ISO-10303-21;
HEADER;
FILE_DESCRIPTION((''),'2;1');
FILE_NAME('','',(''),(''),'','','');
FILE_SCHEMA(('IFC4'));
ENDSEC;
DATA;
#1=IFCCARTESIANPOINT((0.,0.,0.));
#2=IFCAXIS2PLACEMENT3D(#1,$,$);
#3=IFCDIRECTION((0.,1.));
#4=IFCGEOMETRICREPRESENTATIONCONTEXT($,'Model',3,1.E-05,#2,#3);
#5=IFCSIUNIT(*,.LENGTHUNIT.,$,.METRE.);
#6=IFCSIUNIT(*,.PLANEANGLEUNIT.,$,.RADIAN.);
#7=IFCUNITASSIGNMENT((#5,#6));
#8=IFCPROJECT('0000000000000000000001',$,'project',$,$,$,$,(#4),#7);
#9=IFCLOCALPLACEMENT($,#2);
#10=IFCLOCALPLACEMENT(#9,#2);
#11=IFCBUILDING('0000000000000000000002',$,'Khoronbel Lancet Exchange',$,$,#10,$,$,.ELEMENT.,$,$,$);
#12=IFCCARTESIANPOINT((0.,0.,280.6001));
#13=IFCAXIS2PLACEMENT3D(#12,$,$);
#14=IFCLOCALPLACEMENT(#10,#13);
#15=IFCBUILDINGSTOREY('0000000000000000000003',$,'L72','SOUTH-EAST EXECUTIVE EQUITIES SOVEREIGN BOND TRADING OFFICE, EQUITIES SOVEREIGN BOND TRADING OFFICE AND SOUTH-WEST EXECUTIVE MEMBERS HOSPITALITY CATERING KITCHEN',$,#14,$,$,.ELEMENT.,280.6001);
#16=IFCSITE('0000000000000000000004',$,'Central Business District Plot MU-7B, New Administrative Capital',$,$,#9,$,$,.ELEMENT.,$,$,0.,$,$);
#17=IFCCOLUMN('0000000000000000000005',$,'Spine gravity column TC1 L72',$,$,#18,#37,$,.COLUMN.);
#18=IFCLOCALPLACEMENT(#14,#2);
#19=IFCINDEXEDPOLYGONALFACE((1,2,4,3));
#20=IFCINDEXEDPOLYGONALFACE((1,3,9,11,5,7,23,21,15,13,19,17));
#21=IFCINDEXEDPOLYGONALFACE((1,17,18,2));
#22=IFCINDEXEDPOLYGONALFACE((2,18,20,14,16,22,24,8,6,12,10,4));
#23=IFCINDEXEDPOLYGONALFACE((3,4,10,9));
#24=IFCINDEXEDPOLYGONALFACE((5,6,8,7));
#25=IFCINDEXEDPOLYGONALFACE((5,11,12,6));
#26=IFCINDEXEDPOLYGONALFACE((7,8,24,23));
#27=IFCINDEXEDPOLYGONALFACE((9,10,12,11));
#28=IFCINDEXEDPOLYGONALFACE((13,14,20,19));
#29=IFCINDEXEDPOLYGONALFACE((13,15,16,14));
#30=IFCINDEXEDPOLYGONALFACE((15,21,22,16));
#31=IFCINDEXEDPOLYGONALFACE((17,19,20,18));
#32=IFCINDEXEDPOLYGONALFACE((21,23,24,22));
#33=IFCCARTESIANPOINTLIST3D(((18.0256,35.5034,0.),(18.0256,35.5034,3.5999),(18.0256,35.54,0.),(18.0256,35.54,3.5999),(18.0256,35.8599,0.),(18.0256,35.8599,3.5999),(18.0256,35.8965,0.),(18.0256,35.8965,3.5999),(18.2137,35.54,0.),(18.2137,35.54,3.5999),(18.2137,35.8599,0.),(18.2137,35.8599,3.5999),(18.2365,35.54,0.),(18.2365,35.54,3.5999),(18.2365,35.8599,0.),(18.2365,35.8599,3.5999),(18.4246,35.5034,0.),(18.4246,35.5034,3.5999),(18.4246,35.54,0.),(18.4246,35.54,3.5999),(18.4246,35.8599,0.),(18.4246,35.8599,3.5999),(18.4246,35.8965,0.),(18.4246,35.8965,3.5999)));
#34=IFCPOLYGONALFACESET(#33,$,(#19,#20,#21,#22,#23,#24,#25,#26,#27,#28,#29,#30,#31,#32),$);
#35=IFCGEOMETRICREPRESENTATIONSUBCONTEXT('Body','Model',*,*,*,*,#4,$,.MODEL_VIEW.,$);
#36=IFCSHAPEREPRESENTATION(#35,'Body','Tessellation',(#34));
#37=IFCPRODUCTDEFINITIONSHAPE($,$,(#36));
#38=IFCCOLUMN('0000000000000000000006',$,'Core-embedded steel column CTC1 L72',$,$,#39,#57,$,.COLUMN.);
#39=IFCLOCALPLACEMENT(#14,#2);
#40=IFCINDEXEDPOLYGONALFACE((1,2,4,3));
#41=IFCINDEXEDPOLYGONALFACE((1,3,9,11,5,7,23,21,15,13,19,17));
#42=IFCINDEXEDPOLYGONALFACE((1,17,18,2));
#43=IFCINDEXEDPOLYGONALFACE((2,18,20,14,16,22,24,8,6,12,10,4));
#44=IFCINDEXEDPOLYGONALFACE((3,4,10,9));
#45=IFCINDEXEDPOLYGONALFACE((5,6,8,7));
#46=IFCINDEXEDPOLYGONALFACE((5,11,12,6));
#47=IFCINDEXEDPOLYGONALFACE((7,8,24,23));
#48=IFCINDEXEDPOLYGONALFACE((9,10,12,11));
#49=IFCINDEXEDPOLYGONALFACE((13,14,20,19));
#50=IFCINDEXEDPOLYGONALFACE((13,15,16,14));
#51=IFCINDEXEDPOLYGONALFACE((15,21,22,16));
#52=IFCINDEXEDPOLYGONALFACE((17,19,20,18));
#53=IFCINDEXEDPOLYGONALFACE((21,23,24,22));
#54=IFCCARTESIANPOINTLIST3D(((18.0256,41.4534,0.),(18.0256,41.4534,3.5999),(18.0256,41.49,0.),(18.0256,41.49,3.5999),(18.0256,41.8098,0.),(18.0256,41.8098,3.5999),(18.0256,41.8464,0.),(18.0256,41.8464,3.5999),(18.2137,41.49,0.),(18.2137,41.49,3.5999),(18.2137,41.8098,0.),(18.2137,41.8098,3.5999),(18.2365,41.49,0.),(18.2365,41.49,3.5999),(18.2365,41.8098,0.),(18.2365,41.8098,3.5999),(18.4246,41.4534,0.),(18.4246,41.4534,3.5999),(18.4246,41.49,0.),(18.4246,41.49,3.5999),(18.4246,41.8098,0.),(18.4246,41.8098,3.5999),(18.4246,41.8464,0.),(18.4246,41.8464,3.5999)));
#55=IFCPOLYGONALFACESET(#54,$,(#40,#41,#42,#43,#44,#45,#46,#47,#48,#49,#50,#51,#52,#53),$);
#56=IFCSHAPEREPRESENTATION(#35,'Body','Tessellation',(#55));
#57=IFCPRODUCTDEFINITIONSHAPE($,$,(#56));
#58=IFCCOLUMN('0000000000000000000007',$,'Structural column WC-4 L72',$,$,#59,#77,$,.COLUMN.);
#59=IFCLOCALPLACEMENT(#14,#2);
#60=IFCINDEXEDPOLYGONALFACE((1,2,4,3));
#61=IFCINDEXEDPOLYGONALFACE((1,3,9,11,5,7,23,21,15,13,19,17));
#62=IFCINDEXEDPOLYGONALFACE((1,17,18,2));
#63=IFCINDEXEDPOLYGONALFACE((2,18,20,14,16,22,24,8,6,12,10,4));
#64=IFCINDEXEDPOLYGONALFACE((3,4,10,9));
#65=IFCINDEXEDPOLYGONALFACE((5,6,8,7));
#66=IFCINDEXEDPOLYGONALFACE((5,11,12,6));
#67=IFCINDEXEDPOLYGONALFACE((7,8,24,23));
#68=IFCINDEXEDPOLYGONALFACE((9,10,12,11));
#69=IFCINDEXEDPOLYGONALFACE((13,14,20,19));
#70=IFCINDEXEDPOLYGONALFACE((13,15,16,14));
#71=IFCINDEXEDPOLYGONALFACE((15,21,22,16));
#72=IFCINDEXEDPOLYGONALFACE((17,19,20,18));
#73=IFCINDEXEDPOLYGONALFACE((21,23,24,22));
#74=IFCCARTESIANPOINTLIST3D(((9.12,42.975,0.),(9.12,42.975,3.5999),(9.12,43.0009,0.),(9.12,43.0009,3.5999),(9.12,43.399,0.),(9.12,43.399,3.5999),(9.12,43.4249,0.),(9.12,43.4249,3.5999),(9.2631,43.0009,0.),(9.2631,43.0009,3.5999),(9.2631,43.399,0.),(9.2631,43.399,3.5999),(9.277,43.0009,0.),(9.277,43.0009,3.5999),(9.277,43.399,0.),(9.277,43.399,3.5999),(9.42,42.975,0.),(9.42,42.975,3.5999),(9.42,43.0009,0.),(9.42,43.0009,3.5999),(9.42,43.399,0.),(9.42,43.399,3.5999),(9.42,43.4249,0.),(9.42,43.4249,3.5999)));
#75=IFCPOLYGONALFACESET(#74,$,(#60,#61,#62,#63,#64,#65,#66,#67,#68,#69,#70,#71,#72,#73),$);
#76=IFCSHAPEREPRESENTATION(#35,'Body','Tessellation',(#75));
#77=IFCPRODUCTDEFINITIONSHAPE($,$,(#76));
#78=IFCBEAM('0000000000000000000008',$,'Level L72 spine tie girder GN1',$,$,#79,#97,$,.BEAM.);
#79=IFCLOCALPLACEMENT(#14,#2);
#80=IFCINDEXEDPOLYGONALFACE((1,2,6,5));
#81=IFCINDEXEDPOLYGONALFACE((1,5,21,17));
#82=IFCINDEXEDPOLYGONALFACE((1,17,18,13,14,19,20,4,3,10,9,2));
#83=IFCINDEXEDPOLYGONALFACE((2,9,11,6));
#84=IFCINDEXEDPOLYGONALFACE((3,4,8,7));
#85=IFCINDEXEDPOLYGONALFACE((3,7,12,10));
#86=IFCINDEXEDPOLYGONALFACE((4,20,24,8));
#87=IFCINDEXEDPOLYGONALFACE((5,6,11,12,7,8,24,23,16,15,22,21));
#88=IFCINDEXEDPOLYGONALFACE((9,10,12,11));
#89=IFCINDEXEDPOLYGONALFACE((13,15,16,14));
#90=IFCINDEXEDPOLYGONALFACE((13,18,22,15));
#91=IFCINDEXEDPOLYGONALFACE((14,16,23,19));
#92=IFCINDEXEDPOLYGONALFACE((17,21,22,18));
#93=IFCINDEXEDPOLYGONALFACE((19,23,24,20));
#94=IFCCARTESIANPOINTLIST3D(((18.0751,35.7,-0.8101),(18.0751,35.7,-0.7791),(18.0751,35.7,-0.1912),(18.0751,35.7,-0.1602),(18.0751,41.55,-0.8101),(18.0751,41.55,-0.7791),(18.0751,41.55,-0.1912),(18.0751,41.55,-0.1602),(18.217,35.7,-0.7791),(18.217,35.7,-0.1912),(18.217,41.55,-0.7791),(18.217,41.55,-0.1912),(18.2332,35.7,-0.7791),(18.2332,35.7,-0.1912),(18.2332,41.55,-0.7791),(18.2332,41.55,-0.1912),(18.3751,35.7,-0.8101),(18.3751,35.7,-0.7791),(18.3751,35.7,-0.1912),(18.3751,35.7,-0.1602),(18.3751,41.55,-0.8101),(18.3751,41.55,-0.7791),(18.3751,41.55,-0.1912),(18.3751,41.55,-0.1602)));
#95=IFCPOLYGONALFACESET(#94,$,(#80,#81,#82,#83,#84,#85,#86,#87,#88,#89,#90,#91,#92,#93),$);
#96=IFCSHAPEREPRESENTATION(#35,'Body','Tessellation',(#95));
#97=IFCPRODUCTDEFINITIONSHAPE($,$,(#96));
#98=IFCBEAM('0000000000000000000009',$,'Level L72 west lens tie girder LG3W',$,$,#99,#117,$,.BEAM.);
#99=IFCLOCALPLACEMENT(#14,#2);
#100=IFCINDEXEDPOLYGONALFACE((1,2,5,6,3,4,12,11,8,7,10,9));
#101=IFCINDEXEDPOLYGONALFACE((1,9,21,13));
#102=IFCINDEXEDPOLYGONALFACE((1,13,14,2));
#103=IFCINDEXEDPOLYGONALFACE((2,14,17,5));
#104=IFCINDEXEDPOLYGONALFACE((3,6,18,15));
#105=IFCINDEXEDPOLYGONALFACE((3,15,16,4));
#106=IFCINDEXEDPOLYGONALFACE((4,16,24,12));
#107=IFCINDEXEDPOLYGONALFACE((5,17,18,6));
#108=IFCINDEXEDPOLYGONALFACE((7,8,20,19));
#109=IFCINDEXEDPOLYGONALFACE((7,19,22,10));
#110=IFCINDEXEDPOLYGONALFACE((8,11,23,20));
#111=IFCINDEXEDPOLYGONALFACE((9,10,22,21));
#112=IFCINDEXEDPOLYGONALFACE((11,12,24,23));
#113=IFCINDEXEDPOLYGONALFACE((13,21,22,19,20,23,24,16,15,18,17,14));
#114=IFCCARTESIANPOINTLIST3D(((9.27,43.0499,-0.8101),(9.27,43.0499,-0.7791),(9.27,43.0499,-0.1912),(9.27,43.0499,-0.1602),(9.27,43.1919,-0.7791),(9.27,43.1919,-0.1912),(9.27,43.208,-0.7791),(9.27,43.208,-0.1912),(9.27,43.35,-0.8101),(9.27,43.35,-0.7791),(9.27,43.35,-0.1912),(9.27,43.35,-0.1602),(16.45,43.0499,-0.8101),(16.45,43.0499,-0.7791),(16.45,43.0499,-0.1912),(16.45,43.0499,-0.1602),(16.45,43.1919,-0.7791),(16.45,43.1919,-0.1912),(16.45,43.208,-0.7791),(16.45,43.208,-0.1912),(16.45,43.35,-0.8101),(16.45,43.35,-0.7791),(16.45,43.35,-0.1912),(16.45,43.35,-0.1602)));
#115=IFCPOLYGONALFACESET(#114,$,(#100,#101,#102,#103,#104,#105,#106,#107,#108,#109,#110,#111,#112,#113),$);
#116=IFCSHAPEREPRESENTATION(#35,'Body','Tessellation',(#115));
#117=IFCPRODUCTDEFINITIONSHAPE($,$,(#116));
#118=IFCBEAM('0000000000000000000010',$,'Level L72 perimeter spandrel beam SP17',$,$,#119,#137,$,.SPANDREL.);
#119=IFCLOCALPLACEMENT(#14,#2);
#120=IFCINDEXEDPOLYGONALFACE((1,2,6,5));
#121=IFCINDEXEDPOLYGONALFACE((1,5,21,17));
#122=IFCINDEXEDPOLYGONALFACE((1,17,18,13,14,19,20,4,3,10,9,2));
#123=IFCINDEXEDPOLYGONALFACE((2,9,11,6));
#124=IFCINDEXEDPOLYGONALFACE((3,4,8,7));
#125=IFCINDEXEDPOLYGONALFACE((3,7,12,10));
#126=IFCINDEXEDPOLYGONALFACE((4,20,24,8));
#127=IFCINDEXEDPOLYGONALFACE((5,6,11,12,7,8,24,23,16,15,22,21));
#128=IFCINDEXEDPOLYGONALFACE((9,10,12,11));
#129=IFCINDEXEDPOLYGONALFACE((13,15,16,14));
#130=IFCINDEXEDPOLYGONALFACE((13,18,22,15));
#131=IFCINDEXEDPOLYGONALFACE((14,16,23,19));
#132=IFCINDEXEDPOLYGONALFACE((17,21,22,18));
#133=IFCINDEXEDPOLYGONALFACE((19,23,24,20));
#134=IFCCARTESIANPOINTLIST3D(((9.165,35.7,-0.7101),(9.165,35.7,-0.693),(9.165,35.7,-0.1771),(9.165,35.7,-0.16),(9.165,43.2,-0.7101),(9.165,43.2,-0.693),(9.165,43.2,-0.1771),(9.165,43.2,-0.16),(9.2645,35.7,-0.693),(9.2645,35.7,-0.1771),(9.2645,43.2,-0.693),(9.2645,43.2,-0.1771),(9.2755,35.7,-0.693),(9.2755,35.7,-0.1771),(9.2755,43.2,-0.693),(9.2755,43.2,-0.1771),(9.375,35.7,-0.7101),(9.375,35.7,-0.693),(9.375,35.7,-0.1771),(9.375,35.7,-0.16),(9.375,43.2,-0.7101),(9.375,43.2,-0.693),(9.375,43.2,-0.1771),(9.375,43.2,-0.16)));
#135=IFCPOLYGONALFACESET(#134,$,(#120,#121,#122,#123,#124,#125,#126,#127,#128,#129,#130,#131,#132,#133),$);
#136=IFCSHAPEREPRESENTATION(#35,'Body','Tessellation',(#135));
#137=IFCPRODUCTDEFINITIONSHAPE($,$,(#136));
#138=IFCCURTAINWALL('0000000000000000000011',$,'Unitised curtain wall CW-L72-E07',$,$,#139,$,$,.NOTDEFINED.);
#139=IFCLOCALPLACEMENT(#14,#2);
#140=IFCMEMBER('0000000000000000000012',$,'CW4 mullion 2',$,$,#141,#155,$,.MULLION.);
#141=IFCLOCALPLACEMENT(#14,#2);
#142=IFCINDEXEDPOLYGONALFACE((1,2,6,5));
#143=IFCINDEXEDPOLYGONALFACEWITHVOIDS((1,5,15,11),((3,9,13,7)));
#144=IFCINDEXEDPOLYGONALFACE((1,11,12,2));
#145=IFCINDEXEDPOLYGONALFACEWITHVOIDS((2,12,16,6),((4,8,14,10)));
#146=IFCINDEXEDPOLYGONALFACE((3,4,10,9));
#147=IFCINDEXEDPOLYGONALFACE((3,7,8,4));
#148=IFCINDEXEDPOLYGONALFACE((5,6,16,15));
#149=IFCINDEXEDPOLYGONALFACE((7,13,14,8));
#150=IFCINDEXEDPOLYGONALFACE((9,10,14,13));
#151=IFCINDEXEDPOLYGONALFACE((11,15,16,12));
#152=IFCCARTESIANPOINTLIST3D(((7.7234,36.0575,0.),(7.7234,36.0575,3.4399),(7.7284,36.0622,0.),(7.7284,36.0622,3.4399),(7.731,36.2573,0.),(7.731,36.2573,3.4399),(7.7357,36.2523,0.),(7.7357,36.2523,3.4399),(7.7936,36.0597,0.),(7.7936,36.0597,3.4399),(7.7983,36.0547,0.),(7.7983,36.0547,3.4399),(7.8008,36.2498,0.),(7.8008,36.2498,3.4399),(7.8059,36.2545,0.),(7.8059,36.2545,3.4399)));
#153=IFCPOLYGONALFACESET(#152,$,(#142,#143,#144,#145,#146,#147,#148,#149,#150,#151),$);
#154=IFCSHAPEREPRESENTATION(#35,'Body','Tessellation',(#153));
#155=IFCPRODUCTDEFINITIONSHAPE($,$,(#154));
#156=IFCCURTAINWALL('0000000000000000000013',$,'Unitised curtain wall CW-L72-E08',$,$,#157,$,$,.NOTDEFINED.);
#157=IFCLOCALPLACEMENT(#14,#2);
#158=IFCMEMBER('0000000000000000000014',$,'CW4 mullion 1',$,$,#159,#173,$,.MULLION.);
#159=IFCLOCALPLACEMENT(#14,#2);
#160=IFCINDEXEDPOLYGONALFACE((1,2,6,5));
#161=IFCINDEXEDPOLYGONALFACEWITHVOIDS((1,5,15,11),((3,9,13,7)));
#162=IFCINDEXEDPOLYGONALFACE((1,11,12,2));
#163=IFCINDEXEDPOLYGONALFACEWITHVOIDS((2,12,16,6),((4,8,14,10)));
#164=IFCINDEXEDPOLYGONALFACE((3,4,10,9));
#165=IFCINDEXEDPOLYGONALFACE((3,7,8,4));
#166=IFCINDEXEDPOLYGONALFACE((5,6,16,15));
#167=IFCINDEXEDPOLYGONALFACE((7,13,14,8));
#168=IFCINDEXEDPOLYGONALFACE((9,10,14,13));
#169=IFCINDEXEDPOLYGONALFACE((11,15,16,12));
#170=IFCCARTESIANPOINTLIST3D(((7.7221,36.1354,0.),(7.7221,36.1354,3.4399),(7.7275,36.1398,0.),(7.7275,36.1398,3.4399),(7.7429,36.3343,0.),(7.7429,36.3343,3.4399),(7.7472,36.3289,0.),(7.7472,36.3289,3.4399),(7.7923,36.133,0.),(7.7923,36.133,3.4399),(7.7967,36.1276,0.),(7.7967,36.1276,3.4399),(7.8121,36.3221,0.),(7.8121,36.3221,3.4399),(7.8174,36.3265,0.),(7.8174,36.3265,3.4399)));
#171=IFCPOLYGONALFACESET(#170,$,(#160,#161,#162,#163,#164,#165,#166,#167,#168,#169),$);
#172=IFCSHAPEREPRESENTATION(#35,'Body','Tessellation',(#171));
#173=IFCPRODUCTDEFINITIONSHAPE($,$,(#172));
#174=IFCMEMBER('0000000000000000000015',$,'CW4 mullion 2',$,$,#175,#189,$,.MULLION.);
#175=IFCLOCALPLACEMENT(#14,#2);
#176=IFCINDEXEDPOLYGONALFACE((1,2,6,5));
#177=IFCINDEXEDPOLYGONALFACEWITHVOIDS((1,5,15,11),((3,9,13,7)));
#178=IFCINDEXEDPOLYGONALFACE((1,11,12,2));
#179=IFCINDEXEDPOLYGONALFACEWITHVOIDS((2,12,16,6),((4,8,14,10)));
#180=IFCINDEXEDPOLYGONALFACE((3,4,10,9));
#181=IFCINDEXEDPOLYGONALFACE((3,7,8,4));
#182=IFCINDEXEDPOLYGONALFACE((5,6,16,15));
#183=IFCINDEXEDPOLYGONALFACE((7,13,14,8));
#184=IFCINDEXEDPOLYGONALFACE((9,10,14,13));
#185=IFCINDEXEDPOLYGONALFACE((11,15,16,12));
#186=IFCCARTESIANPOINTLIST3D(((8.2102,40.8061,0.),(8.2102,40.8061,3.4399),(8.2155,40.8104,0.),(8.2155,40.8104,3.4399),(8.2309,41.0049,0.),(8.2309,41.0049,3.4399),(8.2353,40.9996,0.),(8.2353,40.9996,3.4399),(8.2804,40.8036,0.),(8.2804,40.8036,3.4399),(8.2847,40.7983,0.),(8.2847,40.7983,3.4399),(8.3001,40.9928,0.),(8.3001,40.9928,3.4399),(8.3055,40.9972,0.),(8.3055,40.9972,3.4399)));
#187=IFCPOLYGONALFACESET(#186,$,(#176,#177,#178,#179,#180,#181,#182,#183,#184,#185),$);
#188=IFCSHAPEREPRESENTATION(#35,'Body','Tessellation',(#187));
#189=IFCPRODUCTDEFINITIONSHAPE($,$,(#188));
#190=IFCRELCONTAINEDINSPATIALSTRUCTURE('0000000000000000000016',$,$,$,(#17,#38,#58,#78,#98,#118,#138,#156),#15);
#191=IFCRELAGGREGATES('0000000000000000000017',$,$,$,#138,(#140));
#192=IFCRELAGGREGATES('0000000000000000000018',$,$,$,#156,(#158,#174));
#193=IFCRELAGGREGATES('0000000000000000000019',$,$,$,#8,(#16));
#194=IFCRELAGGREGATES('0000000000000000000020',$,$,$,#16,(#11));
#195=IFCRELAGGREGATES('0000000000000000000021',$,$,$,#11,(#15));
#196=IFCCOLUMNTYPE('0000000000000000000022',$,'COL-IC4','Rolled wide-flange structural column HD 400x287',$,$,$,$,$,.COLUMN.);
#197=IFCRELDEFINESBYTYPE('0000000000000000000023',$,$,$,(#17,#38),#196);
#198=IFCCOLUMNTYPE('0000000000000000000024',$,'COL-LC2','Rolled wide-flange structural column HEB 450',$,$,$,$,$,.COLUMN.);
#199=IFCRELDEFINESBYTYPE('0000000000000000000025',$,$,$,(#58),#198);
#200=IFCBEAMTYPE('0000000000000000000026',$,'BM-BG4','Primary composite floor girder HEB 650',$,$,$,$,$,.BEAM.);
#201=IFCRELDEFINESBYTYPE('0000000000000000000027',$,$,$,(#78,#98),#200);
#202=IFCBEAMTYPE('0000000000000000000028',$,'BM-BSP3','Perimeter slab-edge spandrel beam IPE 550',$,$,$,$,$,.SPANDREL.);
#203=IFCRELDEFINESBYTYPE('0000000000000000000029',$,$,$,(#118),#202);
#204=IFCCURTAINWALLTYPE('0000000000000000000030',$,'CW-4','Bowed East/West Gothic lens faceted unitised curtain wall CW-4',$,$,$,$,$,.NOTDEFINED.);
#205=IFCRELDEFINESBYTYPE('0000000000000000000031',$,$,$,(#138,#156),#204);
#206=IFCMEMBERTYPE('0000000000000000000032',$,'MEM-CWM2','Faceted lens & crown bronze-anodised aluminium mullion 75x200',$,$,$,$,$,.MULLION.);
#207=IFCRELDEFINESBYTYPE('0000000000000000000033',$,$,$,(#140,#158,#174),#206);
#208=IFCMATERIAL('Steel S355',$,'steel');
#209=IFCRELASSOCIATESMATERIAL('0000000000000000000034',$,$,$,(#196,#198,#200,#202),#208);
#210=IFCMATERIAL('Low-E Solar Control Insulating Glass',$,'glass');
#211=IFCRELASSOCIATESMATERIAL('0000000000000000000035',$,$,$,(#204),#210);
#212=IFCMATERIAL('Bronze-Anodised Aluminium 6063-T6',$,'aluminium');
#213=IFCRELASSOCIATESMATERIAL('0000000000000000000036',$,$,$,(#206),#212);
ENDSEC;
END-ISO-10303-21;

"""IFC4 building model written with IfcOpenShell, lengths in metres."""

from ifc_helpers import new_model, si_unit, direction, frame, origin, origin_2d, place, context, subcontext, project, spatial, hollow_rectangle, i_section, extrude, material, material_profile, profile_set, type_object, element, aggregate, save


model = new_model("IFC4")

# Units and contexts
model_context = context("Model", 3, precision=1e-05, world=origin(), true_north=direction((0.0, 1.0)))
body_context = subcontext(model_context, "Body", "Model", "MODEL_VIEW")
ifc_project = project(units=[si_unit("LENGTHUNIT", "METRE"), si_unit("PLANEANGLEUNIT", "RADIAN")], contexts=[model_context])

# Site, building, storey
site_placement = place(None, origin())
site = spatial("IfcSite", under=ifc_project, at=site_placement, Name="Central Business District Plot MU-7B, New Administrative Capital", CompositionType="ELEMENT", RefElevation=0.0)
building_placement = place(site_placement, origin())
building = spatial("IfcBuilding", under=site, at=building_placement, Name="Khoronbel Lancet Exchange", CompositionType="ELEMENT")
storey_placement = place(building_placement, frame((0.0, 0.0, 280.6001)))
storey = spatial("IfcBuildingStorey", under=building, at=storey_placement, Name="L72", Description="SOUTH-EAST EXECUTIVE EQUITIES SOVEREIGN BOND TRADING OFFICE, EQUITIES SOVEREIGN BOND TRADING OFFICE AND SOUTH-WEST EXECUTIVE MEMBERS HOSPITALITY CATERING KITCHEN", CompositionType="ELEMENT", Elevation=280.6001)

# Columns
ifc_material_1 = material(Name="Steel S355", Category="steel")
ifc_material_profile_1 = material_profile(ifc_material_1, i_section(OverallWidth=0.3989, OverallDepth=0.3931, WebThickness=0.0227, FlangeThickness=0.0366, at=origin_2d()), Name="HD 400x287")
ifc_profile_set_1 = profile_set([ifc_material_profile_1], Name="Steel S355")
column_type_1 = type_object("IfcColumnType", Name="COL-IC4", Description="Rolled wide-flange structural column HD 400x287", PredefinedType="COLUMN", material=ifc_profile_set_1)
for number, where, z_axis, x_axis, name in (
    (1, (18.2251, 35.7, 0.0), (0.0, 0.0, 1.0), (1.0, 0.0, 0.0), "Spine gravity column TC1 L72"),
    (2, (18.2251, 41.6499, 0.0), (0.0, 0.0, 1.0), (1.0, 0.0, 0.0), "Core-embedded steel column CTC1 L72"),
):
    element("IfcColumn", number, at=place(storey_placement, frame(where, z_axis=z_axis, x_axis=x_axis)), inside=storey, type_object=column_type_1, Name=name, PredefinedType="COLUMN", context=body_context, shape_type="SweptSolid", body=[
        extrude(i_section(OverallWidth=0.3989, OverallDepth=0.3931, WebThickness=0.0227, FlangeThickness=0.0366, at=origin_2d()), origin(), (0.0, 0.0, 1.0), 3.5999),
    ])
ifc_material_profile_2 = material_profile(ifc_material_1, i_section(OverallWidth=0.3, OverallDepth=0.45, WebThickness=0.0139, FlangeThickness=0.0259, at=origin_2d()), Name="HEB 450")
ifc_profile_set_2 = profile_set([ifc_material_profile_2], Name="Steel S355")
column_type_2 = type_object("IfcColumnType", Name="COL-LC2", Description="Rolled wide-flange structural column HEB 450", PredefinedType="COLUMN", material=ifc_profile_set_2)
column_placement = place(storey_placement, frame((9.27, 43.2, 0.0), z_axis=(0.0, 0.0, 1.0), x_axis=(1.0, 0.0, 0.0)))
element("IfcColumn", 3, at=column_placement, inside=storey, type_object=column_type_2, Name="Structural column WC-4 L72", PredefinedType="COLUMN", context=body_context, shape_type="SweptSolid", body=[
    extrude(i_section(OverallWidth=0.3, OverallDepth=0.45, WebThickness=0.0139, FlangeThickness=0.0259, at=origin_2d()), origin(), (0.0, 0.0, 1.0), 3.5999),
])

# Beams
ifc_material_profile_3 = material_profile(ifc_material_1, i_section(OverallWidth=0.3, OverallDepth=0.6499, WebThickness=0.0161, FlangeThickness=0.031, at=origin_2d()), Name="HEB 650")
ifc_profile_set_3 = profile_set([ifc_material_profile_3], Name="Steel S355")
beam_type_1 = type_object("IfcBeamType", Name="BM-BG4", Description="Primary composite floor girder HEB 650", PredefinedType="BEAM", material=ifc_profile_set_3)
beam_1_placement = place(storey_placement, frame((18.2251, 35.7, -0.4851), z_axis=(0.0, 1.0, 0.0), x_axis=(-1.0, 0.0, 0.0)))
element("IfcBeam", 4, at=beam_1_placement, inside=storey, type_object=beam_type_1, Name="Level L72 spine tie girder GN1", PredefinedType="BEAM", context=body_context, shape_type="SweptSolid", body=[
    extrude(i_section(OverallWidth=0.3, OverallDepth=0.6499, WebThickness=0.0161, FlangeThickness=0.031, at=origin_2d()), origin(), (0.0, 0.0, 1.0), 5.8501),
])
beam_2_placement = place(storey_placement, frame((9.27, 43.2, -0.4851), z_axis=(1.0, 0.0, 0.0), x_axis=(0.0, 1.0, 0.0)))
element("IfcBeam", 5, at=beam_2_placement, inside=storey, type_object=beam_type_1, Name="Level L72 west lens tie girder LG3W", PredefinedType="BEAM", context=body_context, shape_type="SweptSolid", body=[
    extrude(i_section(OverallWidth=0.3, OverallDepth=0.6499, WebThickness=0.0161, FlangeThickness=0.031, at=origin_2d()), origin(), (0.0, 0.0, 1.0), 7.1799),
])
ifc_material_profile_4 = material_profile(ifc_material_1, i_section(OverallWidth=0.21, OverallDepth=0.55, WebThickness=0.011, FlangeThickness=0.0171, at=origin_2d()), Name="IPE 550")
ifc_profile_set_4 = profile_set([ifc_material_profile_4], Name="Steel S355")
beam_type_2 = type_object("IfcBeamType", Name="BM-BSP3", Description="Perimeter slab-edge spandrel beam IPE 550", PredefinedType="SPANDREL", material=ifc_profile_set_4)
beam_3_placement = place(storey_placement, frame((9.27, 43.2, -0.4351), z_axis=(0.0, -1.0, 0.0), x_axis=(1.0, 0.0, 0.0)))
element("IfcBeam", 6, at=beam_3_placement, inside=storey, type_object=beam_type_2, Name="Level L72 perimeter spandrel beam SP17", PredefinedType="SPANDREL", context=body_context, shape_type="SweptSolid", body=[
    extrude(i_section(OverallWidth=0.21, OverallDepth=0.55, WebThickness=0.011, FlangeThickness=0.0171, at=origin_2d()), origin(), (0.0, 0.0, 1.0), 7.5),
])

# Curtain wall, member
ifc_material_2 = material(Name="Low-E Solar Control Insulating Glass", Category="glass")
curtain_wall_type = type_object("IfcCurtainWallType", Name="CW-4", Description="Bowed East/West Gothic lens faceted unitised curtain wall CW-4", PredefinedType="NOTDEFINED", material=ifc_material_2)
curtain_wall_1_placement = place(storey_placement, origin())
curtain_wall_1 = element("IfcCurtainWall", 7, at=curtain_wall_1_placement, inside=storey, type_object=curtain_wall_type, Name="Unitised curtain wall CW-L72-E07", PredefinedType="NOTDEFINED")
ifc_material_3 = material(Name="Bronze-Anodised Aluminium 6063-T6", Category="aluminium")
ifc_material_profile_5 = material_profile(ifc_material_3, hollow_rectangle(XDim=0.075, YDim=0.2, WallThickness=0.0049, at=origin_2d()), Name="ALU MULLION 75x200")
ifc_profile_set_5 = profile_set([ifc_material_profile_5], Name="Bronze-Anodised Aluminium 6063-T6")
member_type_1 = type_object("IfcMemberType", Name="MEM-CWM2", Description="Faceted lens & crown bronze-anodised aluminium mullion 75x200", PredefinedType="MULLION", material=ifc_profile_set_5)
member_1_placement = place(storey_placement, frame((7.7646, 36.156, 0.0), z_axis=(0.0, 0.0, 1.0), x_axis=(-0.99927, 0.038192, 0.0)))
member_1 = element("IfcMember", 8, at=member_1_placement, type_object=member_type_1, Name="CW4 mullion 2", PredefinedType="MULLION", context=body_context, shape_type="SweptSolid", body=[
    extrude(hollow_rectangle(XDim=0.075, YDim=0.2, WallThickness=0.0049, at=origin_2d()), origin(), (0.0, 0.0, 1.0), 3.4399),
])
aggregate(curtain_wall_1, [member_1])

# Curtain wall, members
curtain_wall_2_placement = place(storey_placement, origin())
curtain_wall_2 = element("IfcCurtainWall", 9, at=curtain_wall_2_placement, inside=storey, type_object=curtain_wall_type, Name="Unitised curtain wall CW-L72-E08", PredefinedType="NOTDEFINED")
member_2_placement = place(storey_placement, frame((7.7698, 36.231, 0.0), z_axis=(0.0, 0.0, 1.0), x_axis=(-0.994591, 0.103873, 0.0)))
member_2 = element("IfcMember", 10, at=member_2_placement, type_object=member_type_1, Name="CW4 mullion 1", PredefinedType="MULLION", context=body_context, shape_type="SweptSolid", body=[
    extrude(hollow_rectangle(XDim=0.075, YDim=0.2, WallThickness=0.0049, at=origin_2d()), origin(), (0.0, 0.0, 1.0), 3.4399),
])
member_3_placement = place(storey_placement, frame((8.2578, 40.9016, 0.0), z_axis=(0.0, 0.0, 1.0), x_axis=(-0.994591, 0.103873, 0.0)))
member_3 = element("IfcMember", 11, at=member_3_placement, type_object=member_type_1, Name="CW4 mullion 2", PredefinedType="MULLION", context=body_context, shape_type="SweptSolid", body=[
    extrude(hollow_rectangle(XDim=0.075, YDim=0.2, WallThickness=0.0049, at=origin_2d()), origin(), (0.0, 0.0, 1.0), 3.4399),
])

aggregate(curtain_wall_2, [member_2, member_3])

save(model, "model.ifc")
